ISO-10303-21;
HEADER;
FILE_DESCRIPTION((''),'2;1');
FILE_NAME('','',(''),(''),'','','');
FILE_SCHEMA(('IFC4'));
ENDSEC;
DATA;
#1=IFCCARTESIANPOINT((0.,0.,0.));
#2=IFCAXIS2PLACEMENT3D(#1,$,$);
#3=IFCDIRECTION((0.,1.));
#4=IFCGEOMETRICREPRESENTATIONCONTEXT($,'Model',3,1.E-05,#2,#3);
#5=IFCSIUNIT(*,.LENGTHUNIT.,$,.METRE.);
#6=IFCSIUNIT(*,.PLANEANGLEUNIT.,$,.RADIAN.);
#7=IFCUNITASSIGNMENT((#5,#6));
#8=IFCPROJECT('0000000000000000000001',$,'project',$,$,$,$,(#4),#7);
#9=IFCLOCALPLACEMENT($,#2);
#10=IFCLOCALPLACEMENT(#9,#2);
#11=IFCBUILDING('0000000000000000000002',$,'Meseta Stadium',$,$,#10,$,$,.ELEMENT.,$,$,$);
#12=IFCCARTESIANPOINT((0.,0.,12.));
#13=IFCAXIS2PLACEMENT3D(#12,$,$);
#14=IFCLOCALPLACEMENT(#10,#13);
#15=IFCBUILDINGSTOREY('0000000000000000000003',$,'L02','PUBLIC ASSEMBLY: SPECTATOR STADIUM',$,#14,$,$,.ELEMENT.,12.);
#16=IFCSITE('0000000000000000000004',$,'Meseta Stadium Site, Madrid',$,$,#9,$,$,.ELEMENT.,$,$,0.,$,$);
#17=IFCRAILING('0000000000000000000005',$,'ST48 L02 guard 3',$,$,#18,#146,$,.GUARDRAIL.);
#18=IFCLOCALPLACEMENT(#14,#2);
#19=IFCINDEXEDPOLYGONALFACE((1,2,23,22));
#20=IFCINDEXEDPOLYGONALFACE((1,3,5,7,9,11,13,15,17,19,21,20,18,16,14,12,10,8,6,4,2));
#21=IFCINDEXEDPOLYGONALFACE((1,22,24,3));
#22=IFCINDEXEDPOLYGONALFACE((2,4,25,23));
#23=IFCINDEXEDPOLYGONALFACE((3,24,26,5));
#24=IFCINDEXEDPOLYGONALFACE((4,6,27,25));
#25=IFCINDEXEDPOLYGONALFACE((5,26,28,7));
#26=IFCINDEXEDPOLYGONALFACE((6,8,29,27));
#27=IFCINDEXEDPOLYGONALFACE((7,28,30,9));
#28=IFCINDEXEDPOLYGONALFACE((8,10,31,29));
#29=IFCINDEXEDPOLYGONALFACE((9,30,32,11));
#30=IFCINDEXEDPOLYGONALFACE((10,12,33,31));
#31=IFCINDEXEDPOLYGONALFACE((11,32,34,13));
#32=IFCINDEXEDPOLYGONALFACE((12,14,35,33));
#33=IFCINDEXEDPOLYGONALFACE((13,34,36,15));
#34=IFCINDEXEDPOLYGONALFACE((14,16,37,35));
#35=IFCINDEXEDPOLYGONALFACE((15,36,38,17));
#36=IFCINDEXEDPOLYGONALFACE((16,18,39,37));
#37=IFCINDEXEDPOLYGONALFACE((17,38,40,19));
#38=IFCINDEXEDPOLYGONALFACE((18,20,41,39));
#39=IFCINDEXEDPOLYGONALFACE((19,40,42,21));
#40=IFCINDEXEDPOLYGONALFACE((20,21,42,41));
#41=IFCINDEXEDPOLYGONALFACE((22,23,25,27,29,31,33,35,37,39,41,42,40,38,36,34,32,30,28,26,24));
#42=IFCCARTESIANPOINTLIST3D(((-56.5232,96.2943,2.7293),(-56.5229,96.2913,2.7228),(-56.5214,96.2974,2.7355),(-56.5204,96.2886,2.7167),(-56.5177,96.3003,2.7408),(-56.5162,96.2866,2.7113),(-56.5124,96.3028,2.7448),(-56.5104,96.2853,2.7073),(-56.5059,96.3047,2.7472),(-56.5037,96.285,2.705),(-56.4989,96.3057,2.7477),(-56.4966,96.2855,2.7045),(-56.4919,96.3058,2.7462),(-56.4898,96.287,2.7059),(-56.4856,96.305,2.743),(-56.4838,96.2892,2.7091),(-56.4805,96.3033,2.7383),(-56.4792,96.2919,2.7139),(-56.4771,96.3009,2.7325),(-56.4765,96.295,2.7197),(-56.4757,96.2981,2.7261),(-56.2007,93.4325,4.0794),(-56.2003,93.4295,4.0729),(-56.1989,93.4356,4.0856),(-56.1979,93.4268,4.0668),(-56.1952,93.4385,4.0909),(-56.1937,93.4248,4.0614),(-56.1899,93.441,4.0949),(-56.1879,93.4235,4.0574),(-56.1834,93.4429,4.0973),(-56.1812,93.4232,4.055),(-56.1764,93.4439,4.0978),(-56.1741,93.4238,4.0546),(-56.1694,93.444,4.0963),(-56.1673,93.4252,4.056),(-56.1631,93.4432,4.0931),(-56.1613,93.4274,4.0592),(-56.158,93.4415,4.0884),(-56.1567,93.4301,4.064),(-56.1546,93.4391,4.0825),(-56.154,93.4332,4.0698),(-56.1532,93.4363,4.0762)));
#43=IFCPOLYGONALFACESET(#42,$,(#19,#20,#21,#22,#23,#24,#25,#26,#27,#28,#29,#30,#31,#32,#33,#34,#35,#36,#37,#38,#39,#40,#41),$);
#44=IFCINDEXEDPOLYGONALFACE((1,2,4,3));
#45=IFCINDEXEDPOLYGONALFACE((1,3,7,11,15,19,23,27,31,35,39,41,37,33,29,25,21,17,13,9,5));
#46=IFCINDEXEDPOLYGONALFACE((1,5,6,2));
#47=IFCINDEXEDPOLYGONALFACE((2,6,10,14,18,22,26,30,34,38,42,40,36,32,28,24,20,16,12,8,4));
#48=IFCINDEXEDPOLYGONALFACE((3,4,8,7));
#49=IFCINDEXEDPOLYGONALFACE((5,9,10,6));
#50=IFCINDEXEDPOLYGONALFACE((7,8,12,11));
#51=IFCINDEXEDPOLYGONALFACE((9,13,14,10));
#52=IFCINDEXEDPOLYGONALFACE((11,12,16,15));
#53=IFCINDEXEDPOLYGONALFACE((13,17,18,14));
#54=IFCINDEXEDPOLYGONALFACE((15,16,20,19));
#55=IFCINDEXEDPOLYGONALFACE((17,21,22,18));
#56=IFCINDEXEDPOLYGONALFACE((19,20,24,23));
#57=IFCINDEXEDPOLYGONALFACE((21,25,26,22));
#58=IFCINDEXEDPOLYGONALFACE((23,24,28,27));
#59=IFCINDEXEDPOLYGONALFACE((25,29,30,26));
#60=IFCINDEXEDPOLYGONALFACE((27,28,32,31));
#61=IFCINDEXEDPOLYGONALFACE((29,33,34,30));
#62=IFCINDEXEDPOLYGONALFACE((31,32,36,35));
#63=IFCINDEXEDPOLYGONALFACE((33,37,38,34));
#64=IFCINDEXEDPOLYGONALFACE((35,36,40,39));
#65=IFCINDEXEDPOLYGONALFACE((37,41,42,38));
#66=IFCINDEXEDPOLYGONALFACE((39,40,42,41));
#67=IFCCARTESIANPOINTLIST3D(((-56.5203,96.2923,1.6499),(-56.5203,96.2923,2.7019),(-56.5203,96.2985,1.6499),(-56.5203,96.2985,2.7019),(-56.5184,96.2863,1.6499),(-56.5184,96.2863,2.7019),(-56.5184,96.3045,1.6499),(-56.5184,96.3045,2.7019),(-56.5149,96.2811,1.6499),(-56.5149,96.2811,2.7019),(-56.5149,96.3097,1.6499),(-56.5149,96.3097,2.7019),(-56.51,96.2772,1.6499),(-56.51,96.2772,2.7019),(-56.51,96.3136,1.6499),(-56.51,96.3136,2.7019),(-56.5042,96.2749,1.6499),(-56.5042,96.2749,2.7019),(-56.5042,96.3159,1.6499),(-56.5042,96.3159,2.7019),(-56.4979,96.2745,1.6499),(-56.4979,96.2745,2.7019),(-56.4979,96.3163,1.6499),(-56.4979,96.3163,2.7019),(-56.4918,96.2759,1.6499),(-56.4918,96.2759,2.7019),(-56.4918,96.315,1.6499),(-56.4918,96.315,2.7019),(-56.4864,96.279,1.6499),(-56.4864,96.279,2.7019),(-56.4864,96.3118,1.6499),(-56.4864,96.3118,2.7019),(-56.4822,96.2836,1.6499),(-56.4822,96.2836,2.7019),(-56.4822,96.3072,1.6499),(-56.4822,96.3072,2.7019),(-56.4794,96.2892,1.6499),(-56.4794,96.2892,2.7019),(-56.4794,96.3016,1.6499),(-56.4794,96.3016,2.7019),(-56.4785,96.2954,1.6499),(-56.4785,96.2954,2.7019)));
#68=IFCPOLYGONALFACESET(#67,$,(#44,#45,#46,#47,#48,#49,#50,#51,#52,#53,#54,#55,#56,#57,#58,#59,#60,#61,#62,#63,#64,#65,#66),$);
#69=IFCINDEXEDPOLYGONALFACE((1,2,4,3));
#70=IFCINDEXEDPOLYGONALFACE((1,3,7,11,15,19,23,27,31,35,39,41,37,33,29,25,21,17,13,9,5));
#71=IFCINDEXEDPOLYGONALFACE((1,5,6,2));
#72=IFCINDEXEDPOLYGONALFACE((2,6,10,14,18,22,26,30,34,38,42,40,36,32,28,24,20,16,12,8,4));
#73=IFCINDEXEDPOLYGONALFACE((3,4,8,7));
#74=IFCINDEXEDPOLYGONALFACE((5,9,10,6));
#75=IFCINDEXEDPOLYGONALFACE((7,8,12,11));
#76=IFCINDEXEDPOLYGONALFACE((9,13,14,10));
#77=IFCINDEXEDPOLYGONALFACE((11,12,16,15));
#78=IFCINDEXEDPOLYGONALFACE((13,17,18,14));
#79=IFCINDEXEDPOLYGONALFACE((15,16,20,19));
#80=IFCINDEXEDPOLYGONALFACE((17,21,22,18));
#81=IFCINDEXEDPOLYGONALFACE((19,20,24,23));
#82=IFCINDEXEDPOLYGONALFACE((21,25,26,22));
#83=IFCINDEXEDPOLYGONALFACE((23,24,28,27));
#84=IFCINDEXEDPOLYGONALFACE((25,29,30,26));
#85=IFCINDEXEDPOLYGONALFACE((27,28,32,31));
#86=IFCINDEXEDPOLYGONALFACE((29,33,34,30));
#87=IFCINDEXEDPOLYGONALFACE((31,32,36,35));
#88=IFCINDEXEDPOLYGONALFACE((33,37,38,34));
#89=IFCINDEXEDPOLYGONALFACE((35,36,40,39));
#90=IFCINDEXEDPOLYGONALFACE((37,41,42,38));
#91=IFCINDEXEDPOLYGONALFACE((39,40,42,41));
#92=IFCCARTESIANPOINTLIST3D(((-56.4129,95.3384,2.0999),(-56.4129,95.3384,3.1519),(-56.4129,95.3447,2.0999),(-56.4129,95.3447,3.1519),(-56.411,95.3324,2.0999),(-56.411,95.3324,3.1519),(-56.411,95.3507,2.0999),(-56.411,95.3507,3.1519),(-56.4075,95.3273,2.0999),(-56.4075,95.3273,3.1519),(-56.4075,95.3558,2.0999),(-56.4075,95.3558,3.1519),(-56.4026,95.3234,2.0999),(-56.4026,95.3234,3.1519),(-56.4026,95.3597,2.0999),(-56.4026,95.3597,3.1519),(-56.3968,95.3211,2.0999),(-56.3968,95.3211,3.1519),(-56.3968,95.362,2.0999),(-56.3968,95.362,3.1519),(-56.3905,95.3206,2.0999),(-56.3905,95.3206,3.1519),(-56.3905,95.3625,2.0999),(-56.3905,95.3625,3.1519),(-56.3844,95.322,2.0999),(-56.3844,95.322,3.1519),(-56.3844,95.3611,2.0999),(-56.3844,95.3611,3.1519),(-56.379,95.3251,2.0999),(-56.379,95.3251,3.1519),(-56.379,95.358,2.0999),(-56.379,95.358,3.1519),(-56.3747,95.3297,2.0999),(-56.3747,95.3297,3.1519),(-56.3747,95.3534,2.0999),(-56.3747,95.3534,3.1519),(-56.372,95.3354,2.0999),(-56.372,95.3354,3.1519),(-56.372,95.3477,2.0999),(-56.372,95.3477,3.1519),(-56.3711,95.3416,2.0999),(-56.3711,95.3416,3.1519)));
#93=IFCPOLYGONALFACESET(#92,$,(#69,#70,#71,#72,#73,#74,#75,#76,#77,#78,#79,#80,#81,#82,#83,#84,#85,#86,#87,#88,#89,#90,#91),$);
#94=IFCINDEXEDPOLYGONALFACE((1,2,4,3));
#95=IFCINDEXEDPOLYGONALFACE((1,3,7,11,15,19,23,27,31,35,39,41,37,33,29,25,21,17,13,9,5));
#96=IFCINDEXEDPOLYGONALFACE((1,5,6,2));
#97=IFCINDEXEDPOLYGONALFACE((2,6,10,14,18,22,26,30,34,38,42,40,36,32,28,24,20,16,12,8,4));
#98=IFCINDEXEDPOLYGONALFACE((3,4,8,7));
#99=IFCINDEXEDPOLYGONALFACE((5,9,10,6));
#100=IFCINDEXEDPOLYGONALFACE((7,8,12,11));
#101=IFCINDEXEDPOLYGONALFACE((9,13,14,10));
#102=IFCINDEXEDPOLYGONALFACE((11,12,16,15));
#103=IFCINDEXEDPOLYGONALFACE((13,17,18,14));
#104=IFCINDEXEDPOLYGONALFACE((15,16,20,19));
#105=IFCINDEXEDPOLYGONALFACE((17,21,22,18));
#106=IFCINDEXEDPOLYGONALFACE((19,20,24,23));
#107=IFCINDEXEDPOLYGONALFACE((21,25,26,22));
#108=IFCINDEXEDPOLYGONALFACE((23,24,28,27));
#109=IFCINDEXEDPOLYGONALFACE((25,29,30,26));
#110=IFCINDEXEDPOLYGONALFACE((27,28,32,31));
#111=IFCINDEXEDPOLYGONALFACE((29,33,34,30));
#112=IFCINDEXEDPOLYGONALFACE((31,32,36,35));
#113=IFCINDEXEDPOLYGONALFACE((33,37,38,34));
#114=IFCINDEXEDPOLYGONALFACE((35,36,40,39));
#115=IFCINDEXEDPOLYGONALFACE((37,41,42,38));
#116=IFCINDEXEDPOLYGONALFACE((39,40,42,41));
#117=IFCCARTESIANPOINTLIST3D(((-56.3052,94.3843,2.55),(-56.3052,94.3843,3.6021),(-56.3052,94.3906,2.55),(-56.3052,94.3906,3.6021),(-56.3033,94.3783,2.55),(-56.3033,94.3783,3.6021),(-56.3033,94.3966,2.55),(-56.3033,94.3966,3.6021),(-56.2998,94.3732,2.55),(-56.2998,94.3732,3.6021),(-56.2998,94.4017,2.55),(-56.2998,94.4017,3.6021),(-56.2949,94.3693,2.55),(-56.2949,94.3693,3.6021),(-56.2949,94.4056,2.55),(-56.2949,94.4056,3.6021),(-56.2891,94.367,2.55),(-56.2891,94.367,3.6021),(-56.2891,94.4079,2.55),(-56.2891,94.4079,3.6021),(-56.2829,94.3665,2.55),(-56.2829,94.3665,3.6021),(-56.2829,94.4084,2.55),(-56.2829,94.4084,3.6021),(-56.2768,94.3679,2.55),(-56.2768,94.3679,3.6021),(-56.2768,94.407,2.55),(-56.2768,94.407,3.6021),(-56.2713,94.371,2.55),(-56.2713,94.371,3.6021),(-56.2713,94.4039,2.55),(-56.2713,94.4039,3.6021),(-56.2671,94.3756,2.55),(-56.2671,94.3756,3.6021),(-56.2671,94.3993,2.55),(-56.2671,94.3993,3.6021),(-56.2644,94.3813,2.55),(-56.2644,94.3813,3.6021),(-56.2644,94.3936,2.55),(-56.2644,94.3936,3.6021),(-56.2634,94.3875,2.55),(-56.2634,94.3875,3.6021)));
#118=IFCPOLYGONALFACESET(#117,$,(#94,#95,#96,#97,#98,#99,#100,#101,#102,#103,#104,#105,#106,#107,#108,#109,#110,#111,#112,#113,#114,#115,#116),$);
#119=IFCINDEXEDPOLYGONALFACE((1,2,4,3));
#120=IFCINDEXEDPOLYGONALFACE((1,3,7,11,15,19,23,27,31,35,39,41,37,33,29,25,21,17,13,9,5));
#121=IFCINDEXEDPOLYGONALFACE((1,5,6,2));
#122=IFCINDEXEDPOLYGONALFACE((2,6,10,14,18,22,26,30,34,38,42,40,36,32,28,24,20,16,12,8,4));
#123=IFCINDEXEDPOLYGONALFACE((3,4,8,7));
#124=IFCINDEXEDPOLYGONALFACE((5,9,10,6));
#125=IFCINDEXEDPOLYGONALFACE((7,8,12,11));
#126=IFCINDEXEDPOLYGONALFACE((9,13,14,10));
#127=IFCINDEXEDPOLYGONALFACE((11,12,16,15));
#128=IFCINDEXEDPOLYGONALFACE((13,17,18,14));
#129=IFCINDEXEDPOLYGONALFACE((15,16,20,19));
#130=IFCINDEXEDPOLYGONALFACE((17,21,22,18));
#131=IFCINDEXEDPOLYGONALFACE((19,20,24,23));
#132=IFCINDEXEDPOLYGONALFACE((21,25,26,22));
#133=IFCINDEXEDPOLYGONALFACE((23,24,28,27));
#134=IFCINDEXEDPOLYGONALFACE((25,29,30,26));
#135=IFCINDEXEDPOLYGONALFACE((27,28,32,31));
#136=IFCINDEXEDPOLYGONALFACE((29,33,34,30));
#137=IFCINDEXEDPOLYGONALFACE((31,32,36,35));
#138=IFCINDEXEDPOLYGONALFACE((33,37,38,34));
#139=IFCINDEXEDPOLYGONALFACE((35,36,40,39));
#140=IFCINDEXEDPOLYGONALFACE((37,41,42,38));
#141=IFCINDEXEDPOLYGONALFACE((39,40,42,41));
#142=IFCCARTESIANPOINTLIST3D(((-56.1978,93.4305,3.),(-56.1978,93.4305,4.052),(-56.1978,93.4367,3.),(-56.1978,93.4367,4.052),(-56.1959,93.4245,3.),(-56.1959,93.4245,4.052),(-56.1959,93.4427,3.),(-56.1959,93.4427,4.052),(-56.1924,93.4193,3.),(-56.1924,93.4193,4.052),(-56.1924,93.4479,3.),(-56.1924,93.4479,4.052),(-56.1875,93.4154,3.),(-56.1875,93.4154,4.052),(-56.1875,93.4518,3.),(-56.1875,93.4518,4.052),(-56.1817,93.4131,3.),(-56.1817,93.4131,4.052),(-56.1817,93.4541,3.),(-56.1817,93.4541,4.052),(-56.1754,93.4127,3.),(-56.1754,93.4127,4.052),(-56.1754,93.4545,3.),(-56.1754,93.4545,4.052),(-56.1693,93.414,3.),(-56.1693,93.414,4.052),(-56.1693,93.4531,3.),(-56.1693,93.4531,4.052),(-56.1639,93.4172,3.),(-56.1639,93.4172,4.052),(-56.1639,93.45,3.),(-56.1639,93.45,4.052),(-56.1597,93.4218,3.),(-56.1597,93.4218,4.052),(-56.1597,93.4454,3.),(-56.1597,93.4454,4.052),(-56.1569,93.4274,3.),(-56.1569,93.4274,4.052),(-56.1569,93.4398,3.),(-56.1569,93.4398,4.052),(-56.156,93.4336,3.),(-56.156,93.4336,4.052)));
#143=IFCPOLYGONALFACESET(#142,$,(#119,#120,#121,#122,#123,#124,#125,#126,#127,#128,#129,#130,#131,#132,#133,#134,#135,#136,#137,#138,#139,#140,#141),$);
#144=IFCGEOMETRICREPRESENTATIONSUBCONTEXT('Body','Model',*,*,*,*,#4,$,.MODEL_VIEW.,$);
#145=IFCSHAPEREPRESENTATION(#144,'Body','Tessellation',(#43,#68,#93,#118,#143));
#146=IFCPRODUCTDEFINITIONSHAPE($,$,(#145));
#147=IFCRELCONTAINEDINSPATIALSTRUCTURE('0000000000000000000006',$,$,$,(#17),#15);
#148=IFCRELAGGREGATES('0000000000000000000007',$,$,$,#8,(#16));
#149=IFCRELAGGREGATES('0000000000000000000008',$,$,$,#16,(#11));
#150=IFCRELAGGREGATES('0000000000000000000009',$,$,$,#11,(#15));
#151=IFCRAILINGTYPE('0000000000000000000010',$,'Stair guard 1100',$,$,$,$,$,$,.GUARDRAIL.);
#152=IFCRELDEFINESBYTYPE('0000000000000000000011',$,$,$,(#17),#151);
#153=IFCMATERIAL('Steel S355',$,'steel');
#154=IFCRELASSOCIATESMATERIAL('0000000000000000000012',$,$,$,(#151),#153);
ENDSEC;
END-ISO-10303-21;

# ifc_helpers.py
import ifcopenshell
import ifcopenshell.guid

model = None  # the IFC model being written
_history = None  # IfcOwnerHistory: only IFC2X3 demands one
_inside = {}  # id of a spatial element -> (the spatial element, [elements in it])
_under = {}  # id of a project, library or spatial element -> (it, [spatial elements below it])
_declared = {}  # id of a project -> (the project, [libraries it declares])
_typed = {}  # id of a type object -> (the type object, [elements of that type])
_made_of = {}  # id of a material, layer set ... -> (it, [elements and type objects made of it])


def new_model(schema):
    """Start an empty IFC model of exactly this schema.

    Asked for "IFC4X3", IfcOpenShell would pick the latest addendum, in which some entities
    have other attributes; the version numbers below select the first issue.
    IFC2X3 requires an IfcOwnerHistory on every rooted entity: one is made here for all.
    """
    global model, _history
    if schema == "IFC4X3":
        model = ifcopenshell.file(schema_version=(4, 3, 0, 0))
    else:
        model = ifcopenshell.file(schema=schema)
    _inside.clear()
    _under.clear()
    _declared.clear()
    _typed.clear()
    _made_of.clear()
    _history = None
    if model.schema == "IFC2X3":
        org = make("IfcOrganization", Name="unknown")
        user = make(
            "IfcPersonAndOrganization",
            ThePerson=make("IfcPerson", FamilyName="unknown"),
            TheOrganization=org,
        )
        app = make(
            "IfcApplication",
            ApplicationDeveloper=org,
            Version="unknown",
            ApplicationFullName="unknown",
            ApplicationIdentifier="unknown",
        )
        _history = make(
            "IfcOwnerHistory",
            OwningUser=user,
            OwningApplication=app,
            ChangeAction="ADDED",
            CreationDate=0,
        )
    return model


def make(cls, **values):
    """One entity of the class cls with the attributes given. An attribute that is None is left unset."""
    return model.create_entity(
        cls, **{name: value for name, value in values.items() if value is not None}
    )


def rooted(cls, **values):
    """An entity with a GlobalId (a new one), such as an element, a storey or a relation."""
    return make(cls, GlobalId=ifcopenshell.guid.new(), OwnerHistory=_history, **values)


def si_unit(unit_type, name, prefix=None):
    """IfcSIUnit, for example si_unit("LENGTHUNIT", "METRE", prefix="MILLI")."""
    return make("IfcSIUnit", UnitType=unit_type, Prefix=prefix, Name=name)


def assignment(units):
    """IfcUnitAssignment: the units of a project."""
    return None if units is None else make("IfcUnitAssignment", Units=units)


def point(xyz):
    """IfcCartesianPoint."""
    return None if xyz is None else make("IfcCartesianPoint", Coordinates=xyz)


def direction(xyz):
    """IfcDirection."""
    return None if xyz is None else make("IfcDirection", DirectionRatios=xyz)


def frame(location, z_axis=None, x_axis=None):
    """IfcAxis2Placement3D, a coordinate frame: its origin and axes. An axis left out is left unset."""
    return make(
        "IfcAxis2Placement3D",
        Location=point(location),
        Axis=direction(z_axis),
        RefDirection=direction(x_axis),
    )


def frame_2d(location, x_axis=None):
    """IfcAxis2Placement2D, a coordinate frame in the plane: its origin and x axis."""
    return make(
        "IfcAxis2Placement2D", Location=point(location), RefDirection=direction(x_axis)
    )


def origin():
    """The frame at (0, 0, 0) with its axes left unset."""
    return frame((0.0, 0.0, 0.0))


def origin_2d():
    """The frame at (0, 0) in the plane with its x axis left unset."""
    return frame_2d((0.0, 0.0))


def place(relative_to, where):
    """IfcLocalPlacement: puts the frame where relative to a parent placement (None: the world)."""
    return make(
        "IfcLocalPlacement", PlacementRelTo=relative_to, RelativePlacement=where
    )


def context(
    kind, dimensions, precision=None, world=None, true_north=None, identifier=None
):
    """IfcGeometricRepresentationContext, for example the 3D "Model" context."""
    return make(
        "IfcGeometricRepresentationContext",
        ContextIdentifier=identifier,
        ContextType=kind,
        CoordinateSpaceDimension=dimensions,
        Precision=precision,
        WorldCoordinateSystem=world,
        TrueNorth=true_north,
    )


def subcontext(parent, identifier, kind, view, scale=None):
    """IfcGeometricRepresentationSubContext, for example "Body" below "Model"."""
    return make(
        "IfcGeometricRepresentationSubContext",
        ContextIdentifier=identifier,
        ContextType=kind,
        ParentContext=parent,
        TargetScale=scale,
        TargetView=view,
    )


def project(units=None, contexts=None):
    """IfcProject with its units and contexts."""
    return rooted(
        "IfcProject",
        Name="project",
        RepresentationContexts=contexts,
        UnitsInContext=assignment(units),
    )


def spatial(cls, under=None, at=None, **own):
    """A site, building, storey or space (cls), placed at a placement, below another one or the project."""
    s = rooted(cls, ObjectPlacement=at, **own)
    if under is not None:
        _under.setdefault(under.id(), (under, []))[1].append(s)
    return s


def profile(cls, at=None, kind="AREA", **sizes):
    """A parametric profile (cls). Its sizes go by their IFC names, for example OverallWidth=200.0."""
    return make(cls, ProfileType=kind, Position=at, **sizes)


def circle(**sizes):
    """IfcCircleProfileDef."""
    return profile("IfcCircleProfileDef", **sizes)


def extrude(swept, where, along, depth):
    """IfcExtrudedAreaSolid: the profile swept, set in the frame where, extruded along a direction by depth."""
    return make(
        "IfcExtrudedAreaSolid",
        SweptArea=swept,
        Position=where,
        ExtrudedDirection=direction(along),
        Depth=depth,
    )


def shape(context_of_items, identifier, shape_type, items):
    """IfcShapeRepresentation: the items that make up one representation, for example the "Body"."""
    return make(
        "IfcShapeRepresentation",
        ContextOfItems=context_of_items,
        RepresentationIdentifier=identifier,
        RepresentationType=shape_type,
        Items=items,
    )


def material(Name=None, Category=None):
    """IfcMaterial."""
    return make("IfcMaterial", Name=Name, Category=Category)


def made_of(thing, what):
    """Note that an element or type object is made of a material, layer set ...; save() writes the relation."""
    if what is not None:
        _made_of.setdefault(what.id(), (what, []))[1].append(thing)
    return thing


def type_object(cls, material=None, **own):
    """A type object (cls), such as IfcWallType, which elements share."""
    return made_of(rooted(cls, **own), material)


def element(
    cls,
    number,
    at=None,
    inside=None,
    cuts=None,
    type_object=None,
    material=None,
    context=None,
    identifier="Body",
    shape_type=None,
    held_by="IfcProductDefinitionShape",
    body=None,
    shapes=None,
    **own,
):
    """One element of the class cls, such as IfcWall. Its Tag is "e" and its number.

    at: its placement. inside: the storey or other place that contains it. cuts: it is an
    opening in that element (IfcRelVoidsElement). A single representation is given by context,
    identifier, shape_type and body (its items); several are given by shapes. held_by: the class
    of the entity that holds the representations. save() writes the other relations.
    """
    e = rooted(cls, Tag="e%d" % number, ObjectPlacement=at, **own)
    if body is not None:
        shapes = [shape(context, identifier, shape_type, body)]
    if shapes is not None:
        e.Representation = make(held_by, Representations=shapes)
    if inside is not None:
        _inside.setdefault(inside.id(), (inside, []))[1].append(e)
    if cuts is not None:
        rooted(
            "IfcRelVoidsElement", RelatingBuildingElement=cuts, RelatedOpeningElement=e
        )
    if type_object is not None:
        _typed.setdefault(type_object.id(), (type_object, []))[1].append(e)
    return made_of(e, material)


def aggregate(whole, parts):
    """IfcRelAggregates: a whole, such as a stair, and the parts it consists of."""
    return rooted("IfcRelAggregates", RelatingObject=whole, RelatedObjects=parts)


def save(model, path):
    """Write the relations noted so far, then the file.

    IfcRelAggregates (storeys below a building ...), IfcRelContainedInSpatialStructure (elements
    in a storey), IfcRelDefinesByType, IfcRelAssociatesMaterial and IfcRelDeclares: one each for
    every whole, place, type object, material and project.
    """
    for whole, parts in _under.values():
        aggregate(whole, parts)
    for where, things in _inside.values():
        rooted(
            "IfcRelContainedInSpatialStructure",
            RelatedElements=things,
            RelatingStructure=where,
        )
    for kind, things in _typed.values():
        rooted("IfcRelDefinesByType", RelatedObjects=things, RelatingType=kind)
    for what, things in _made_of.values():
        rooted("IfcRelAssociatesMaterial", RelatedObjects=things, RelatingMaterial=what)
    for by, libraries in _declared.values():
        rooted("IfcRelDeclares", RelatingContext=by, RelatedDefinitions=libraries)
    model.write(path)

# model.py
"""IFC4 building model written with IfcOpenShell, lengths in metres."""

from ifc_helpers import new_model, si_unit, direction, frame, origin, origin_2d, place, context, subcontext, project, spatial, circle, extrude, material, type_object, element, save


model = new_model("IFC4")

# Units and contexts
model_context = context("Model", 3, precision=1e-05, world=origin(), true_north=direction((0.0, 1.0)))
body_context = subcontext(model_context, "Body", "Model", "MODEL_VIEW")
ifc_project = project(units=[si_unit("LENGTHUNIT", "METRE"), si_unit("PLANEANGLEUNIT", "RADIAN")], contexts=[model_context])

# Site, building, storey
site_placement = place(None, origin())
site = spatial("IfcSite", under=ifc_project, at=site_placement, Name="Meseta Stadium Site, Madrid", CompositionType="ELEMENT", RefElevation=0.0)
building_placement = place(site_placement, origin())
building = spatial("IfcBuilding", under=site, at=building_placement, Name="Meseta Stadium", CompositionType="ELEMENT")
storey_placement = place(building_placement, frame((0.0, 0.0, 12.0)))
storey = spatial("IfcBuildingStorey", under=building, at=storey_placement, Name="L02", Description="PUBLIC ASSEMBLY: SPECTATOR STADIUM", CompositionType="ELEMENT", Elevation=12.0)

# Railing
ifc_material_1 = material(Name="Steel S355", Category="steel")
railing_type_1 = type_object("IfcRailingType", Name="Stair guard 1100", PredefinedType="GUARDRAIL", material=ifc_material_1)
railing_1_placement = place(storey_placement, frame((-56.4995, 96.2954, 1.6499)))
element("IfcRailing", 1, at=railing_1_placement, inside=storey, type_object=railing_type_1, Name="ST48 L02 guard 3", PredefinedType="GUARDRAIL", context=body_context, shape_type="SweptSolid", body=[
    extrude(circle(Radius=0.0239, at=origin_2d()), frame((0.0, 0.0, 1.0762), z_axis=(0.101396, -0.899748, 0.424467), x_axis=(0.99371, 0.111985, 0.0)), (0.0, 0.0, 1.0), 3.1807),
    extrude(circle(Radius=0.021, at=origin_2d()), origin(), (0.0, 0.0, 1.0), 1.052),
    extrude(circle(Radius=0.021, at=origin_2d()), frame((0.1074, -0.9539, 0.45)), (0.0, 0.0, 1.0), 1.052),
    extrude(circle(Radius=0.021, at=origin_2d()), frame((0.2151, -1.908, 0.9001)), (0.0, 0.0, 1.0), 1.052),
    extrude(circle(Radius=0.021, at=origin_2d()), frame((0.3225, -2.8618, 1.3501)), (0.0, 0.0, 1.0), 1.052),
])

save(model, "model.ifc")
